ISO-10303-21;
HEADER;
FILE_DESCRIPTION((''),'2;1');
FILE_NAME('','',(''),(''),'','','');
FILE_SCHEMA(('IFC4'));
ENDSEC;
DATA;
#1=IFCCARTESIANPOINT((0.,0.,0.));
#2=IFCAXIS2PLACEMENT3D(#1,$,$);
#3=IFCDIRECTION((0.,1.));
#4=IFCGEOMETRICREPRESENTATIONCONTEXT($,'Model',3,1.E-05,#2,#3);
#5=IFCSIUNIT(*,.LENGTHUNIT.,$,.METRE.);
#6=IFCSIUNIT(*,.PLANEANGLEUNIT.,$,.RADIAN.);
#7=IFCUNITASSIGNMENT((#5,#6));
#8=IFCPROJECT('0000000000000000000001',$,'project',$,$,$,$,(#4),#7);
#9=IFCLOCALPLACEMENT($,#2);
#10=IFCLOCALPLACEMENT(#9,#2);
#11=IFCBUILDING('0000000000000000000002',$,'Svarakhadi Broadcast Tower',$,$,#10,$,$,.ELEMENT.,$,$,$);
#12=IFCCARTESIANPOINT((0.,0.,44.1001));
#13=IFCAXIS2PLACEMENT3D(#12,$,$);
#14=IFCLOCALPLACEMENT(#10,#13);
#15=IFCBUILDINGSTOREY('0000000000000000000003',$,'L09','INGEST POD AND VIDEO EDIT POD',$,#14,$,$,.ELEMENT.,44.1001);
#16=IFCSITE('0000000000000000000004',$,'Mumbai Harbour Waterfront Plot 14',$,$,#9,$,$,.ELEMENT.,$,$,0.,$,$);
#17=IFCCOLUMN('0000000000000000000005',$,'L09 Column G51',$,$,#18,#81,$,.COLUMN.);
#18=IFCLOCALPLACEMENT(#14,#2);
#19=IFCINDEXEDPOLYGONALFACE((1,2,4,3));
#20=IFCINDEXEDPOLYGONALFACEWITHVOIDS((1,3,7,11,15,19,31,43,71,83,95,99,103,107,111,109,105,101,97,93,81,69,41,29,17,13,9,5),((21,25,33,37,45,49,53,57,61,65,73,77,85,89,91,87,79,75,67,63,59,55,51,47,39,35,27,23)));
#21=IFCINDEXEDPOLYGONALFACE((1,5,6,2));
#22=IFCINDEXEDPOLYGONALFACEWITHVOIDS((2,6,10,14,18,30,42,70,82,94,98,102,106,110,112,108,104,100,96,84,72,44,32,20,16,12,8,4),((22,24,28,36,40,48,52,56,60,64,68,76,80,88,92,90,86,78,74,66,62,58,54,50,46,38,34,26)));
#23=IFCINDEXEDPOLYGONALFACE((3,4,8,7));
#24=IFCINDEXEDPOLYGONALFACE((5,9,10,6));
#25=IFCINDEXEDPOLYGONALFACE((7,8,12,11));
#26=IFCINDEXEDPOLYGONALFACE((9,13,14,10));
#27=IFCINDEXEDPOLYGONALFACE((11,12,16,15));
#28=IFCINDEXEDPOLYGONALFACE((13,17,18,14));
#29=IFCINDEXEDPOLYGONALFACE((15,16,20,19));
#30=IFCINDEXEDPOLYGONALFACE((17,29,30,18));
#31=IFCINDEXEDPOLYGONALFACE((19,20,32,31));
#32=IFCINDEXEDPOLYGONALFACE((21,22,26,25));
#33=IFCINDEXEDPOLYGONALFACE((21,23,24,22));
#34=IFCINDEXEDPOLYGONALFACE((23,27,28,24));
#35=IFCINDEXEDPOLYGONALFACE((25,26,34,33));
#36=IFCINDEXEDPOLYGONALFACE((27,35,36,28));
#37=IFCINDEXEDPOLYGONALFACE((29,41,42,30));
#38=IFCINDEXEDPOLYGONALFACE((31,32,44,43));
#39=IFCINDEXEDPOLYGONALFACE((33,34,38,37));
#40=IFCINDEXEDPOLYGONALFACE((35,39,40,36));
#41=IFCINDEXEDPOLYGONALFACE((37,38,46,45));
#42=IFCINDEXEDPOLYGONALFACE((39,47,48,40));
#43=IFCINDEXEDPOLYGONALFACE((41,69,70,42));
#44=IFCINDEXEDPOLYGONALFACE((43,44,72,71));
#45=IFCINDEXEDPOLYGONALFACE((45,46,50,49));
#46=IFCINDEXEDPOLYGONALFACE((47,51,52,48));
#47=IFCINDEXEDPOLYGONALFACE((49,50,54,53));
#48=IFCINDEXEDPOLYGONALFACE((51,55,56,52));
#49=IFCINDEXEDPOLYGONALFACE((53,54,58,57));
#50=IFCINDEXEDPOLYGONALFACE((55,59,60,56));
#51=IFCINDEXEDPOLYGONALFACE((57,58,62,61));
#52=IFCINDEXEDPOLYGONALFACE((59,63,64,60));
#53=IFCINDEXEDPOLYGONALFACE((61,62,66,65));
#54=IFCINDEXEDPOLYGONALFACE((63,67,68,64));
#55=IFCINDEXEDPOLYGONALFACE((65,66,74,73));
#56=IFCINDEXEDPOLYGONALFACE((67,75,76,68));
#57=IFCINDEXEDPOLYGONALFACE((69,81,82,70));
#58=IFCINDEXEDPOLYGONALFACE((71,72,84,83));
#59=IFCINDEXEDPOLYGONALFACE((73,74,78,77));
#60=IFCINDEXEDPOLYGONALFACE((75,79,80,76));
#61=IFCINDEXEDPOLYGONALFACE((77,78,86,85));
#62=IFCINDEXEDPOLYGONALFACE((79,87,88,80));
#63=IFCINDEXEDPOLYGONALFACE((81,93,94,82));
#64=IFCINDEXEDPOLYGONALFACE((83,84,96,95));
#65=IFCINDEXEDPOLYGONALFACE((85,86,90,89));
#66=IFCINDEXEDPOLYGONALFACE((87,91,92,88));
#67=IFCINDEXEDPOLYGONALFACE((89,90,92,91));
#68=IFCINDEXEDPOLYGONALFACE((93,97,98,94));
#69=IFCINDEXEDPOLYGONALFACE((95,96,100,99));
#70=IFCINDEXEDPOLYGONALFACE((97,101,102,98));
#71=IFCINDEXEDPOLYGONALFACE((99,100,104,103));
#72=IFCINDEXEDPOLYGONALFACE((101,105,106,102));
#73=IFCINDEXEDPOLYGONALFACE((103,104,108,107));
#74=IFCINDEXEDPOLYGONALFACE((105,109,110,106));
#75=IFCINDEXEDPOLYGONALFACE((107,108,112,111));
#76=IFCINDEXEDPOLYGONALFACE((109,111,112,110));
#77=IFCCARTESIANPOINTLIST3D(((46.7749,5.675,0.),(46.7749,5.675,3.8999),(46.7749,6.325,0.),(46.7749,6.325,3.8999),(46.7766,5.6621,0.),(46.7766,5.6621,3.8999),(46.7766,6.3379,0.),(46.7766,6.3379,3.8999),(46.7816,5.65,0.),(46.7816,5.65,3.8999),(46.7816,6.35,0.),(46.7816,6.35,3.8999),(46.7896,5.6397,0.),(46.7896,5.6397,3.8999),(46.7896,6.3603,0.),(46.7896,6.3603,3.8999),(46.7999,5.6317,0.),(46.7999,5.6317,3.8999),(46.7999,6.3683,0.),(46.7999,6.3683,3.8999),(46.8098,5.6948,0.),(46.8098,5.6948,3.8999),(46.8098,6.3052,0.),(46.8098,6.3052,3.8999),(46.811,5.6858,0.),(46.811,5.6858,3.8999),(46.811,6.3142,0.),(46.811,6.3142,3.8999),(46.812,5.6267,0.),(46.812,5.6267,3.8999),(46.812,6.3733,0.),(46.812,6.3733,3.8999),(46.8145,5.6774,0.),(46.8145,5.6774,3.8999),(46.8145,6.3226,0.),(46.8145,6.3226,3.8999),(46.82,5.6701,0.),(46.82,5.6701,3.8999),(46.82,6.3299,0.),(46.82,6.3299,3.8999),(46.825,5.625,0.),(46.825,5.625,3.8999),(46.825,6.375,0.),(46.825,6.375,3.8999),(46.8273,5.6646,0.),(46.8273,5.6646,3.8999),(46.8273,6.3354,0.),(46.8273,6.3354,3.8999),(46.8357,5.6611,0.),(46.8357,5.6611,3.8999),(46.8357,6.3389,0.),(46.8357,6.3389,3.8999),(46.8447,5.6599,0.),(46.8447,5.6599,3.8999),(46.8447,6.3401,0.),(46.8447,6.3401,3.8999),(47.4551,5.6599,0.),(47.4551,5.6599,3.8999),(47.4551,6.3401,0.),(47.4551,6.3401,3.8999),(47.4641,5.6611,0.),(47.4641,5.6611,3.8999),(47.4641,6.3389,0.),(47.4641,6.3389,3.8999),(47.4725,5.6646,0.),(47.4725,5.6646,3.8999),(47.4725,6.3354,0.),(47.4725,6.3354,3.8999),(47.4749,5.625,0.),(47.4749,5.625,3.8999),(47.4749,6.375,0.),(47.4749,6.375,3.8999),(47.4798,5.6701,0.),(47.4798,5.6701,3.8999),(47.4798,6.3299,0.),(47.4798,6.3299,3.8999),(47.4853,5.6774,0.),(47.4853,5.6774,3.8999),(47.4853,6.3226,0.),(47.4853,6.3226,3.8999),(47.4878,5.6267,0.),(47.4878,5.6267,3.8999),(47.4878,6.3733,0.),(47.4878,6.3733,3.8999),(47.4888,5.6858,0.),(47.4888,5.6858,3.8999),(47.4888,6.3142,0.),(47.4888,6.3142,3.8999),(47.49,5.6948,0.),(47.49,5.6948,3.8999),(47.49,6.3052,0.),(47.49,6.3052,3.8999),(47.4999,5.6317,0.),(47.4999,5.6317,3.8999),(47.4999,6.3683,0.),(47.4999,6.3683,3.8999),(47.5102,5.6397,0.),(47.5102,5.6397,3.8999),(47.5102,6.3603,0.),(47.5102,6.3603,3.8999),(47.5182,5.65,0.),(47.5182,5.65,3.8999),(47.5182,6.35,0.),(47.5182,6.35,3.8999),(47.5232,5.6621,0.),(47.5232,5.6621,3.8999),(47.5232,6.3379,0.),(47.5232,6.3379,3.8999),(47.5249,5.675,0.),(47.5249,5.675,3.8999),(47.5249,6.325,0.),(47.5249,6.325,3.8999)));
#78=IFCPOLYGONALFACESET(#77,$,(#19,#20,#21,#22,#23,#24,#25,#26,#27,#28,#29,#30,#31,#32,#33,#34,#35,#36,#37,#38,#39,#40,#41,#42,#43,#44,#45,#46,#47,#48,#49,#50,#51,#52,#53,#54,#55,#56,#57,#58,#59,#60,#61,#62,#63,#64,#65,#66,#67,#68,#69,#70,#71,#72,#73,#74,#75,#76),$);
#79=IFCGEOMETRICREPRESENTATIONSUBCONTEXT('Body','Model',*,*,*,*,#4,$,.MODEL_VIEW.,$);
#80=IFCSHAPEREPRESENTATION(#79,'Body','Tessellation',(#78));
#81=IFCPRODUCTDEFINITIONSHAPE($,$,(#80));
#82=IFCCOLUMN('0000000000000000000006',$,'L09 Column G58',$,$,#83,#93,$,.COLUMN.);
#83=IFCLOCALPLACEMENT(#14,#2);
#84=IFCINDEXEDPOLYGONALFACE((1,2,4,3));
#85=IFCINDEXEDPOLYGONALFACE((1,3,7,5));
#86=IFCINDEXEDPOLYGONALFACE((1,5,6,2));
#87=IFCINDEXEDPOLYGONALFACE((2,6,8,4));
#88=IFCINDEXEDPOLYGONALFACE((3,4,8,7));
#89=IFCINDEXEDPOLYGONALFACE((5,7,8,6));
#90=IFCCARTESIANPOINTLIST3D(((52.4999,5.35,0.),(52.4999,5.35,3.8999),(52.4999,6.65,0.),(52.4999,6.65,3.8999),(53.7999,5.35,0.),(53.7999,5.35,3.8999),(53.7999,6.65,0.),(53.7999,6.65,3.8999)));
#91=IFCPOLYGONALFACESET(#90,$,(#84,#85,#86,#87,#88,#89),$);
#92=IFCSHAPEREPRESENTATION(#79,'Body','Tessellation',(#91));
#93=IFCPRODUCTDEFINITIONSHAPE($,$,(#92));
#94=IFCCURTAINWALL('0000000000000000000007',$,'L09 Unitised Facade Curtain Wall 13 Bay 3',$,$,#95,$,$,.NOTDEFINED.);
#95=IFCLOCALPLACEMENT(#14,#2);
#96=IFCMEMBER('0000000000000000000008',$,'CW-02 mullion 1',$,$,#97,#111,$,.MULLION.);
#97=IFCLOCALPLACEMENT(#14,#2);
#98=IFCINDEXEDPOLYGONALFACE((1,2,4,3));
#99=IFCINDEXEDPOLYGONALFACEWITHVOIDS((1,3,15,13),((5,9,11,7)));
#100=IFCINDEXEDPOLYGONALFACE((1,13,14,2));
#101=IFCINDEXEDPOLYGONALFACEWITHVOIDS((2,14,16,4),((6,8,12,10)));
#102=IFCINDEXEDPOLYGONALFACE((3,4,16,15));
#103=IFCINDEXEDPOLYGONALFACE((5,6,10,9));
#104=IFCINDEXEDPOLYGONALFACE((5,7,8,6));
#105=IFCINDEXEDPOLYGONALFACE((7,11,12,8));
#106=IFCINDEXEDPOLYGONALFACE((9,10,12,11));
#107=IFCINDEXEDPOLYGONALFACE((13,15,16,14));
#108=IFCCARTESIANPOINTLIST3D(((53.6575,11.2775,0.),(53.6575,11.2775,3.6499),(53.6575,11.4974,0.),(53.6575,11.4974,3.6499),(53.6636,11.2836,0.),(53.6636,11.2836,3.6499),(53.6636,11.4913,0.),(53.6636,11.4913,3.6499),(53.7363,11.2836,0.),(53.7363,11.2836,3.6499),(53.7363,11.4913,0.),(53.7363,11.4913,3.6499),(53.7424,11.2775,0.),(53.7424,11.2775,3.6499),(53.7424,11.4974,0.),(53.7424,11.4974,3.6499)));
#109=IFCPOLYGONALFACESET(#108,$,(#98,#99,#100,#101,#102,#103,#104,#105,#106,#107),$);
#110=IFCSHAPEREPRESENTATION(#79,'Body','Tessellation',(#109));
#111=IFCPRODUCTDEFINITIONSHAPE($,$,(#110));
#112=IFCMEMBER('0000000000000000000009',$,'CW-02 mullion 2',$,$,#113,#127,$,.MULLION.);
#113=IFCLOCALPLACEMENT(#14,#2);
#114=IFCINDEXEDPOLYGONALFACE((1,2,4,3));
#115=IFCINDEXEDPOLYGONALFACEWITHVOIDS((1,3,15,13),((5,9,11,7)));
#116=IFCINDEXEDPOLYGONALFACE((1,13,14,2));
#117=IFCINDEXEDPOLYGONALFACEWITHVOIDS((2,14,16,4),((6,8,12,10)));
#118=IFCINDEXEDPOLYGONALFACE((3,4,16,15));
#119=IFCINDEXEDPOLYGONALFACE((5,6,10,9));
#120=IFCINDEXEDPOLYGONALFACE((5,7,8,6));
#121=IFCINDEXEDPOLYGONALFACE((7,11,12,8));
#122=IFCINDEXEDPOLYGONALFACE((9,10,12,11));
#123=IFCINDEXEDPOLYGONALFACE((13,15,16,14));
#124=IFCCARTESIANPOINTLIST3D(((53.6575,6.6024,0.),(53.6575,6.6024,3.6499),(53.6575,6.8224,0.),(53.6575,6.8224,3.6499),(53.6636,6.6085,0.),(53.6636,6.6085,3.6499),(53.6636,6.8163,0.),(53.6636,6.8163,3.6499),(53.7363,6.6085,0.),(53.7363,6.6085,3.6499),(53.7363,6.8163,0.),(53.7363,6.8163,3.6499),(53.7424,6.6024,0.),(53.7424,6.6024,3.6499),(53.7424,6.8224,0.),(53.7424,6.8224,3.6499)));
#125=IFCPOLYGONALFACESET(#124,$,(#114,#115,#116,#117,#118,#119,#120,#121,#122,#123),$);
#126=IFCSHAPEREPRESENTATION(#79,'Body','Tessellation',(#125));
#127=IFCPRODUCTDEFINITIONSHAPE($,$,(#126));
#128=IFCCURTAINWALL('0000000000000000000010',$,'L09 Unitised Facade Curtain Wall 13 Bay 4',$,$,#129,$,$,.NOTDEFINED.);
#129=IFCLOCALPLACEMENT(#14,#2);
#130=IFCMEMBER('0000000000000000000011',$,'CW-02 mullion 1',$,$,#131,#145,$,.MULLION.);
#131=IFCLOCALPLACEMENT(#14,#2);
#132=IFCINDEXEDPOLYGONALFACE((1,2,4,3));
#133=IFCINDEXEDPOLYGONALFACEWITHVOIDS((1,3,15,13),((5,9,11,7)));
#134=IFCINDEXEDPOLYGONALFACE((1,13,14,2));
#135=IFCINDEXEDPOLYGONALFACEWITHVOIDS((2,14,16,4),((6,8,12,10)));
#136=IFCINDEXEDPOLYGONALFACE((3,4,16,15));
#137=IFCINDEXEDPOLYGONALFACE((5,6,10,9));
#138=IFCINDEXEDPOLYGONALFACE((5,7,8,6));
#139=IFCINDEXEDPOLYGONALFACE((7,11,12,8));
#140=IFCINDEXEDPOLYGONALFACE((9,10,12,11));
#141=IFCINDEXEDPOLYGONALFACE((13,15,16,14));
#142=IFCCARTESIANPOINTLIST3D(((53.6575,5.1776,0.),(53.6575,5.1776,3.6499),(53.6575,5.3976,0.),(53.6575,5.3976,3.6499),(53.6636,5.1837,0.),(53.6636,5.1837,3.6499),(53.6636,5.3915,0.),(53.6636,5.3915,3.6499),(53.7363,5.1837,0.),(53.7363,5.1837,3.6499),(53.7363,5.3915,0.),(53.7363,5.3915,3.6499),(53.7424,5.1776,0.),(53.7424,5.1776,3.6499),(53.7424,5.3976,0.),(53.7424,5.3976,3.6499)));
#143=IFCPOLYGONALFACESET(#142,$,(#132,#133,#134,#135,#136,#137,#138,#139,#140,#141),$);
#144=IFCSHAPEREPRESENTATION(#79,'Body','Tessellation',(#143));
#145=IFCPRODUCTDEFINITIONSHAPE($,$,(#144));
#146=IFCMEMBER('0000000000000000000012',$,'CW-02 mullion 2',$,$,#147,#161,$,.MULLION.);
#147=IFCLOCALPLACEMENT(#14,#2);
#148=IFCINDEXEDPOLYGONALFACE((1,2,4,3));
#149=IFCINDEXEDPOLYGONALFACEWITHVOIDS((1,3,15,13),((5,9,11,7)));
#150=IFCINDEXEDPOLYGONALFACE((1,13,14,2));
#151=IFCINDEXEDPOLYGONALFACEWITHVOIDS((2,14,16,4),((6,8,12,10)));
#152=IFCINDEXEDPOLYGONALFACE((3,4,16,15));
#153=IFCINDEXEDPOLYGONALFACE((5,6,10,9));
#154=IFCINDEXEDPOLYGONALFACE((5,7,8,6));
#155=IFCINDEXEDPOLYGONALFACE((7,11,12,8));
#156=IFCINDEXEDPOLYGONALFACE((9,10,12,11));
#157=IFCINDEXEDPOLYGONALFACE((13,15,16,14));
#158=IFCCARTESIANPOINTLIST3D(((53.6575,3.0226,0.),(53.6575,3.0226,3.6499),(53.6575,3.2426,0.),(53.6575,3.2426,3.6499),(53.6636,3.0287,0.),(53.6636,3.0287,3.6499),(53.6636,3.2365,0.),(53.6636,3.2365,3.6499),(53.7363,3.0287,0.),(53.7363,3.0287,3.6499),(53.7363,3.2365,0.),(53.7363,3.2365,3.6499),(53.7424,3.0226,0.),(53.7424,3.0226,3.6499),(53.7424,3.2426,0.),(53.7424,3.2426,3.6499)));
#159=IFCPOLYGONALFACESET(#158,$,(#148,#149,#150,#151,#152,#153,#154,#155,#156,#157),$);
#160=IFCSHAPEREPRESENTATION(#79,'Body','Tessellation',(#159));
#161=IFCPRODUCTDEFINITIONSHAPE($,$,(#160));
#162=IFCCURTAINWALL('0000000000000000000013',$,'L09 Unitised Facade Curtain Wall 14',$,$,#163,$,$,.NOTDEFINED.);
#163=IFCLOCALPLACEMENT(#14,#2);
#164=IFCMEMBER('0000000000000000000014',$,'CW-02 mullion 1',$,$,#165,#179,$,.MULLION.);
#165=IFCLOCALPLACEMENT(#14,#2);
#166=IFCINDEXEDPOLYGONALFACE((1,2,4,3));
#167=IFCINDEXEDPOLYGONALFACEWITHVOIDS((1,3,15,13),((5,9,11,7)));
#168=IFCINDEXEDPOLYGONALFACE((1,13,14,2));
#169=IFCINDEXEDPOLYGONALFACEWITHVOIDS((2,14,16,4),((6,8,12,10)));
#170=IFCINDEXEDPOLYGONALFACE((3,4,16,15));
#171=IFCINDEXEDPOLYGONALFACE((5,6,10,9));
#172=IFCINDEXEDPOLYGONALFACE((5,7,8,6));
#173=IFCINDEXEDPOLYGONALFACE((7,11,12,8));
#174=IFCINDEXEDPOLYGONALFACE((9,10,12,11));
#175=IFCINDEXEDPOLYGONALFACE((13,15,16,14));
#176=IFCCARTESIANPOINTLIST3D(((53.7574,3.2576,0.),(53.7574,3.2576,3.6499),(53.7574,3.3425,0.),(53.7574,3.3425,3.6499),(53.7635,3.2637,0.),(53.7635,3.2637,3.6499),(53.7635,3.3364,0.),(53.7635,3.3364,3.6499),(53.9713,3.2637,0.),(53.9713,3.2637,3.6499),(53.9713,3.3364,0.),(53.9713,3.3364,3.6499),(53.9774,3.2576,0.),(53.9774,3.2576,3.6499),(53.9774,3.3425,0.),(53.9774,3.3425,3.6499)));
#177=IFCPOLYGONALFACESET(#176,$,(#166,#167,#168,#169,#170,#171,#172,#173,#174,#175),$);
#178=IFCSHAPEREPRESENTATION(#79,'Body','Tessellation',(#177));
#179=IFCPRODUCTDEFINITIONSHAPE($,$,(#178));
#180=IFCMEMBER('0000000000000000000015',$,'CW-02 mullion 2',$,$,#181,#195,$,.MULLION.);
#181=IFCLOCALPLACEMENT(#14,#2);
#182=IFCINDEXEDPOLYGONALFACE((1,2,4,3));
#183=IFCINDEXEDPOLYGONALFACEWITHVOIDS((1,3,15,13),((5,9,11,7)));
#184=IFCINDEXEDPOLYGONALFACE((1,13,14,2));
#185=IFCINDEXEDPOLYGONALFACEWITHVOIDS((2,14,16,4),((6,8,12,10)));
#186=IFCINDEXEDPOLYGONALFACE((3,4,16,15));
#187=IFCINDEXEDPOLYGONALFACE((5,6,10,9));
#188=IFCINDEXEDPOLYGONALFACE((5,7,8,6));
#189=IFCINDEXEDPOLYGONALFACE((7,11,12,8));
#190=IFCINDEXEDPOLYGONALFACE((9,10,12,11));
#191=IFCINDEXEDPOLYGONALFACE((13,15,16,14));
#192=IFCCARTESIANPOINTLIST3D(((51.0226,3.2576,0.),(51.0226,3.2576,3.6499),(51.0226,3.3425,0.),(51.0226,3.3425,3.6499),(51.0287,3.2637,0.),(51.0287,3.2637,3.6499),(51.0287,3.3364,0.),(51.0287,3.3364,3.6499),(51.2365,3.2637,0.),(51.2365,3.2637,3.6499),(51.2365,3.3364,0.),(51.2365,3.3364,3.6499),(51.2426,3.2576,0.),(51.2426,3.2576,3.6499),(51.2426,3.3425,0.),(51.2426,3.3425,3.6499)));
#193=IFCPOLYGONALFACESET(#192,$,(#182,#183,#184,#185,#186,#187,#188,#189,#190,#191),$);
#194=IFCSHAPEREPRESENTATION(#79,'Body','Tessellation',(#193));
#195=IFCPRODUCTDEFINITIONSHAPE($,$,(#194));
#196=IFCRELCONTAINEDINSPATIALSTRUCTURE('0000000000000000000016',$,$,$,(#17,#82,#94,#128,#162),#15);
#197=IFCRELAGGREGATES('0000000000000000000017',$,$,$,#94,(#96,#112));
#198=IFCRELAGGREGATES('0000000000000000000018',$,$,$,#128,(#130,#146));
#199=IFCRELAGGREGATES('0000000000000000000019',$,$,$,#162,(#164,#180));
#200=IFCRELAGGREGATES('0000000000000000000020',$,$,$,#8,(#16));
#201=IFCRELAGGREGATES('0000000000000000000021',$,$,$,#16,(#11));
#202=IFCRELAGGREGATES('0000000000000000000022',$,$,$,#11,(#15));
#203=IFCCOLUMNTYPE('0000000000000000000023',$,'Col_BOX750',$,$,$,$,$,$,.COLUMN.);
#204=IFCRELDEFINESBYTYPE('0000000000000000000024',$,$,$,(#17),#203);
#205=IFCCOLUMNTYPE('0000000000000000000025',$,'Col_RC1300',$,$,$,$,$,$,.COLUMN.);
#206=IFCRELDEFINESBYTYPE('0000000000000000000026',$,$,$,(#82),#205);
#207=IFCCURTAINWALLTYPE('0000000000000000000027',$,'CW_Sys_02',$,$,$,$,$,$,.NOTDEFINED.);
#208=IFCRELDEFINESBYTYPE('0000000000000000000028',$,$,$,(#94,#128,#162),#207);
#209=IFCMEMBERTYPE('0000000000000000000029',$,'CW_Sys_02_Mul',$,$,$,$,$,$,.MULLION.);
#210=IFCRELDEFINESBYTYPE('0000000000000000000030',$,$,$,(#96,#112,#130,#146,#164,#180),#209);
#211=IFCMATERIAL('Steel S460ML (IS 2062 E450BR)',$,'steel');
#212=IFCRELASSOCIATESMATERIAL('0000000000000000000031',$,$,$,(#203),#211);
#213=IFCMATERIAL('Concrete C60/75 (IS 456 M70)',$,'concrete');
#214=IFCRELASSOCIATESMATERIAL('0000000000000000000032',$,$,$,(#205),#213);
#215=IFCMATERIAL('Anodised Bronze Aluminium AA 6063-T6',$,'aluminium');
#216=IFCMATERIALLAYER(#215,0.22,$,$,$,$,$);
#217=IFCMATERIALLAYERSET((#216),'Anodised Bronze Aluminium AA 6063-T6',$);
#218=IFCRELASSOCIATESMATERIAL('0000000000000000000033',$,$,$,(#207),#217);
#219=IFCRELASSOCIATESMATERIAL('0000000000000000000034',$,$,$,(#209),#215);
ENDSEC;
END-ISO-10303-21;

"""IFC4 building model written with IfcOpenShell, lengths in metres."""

from ifc_helpers import new_model, si_unit, direction, frame, origin, origin_2d, place, context, subcontext, project, spatial, rectangle, hollow_rectangle, extrude, material, layer, layer_set, material_profile, profile_set, type_object, element, aggregate, save


model = new_model("IFC4")

# Units and contexts
model_context = context("Model", 3, precision=1e-05, world=origin(), true_north=direction((0.0, 1.0)))
body_context = subcontext(model_context, "Body", "Model", "MODEL_VIEW")
ifc_project = project(units=[si_unit("LENGTHUNIT", "METRE"), si_unit("PLANEANGLEUNIT", "RADIAN")], contexts=[model_context])

# Site, building, storey
site_placement = place(None, origin())
site = spatial("IfcSite", under=ifc_project, at=site_placement, Name="Mumbai Harbour Waterfront Plot 14", CompositionType="ELEMENT", RefElevation=0.0)
building_placement = place(site_placement, origin())
building = spatial("IfcBuilding", under=site, at=building_placement, Name="Svarakhadi Broadcast Tower", CompositionType="ELEMENT")
storey_placement = place(building_placement, frame((0.0, 0.0, 44.1001)))
storey = spatial("IfcBuildingStorey", under=building, at=storey_placement, Name="L09", Description="INGEST POD AND VIDEO EDIT POD", CompositionType="ELEMENT", Elevation=44.1001)

# Columns
ifc_material_1 = material(Name="Steel S460ML (IS 2062 E450BR)", Category="steel")
ifc_material_profile_1 = material_profile(ifc_material_1, hollow_rectangle(XDim=0.75, YDim=0.75, WallThickness=0.0349, InnerFilletRadius=0.0349, OuterFilletRadius=0.05, at=origin_2d()), Name="BOX 750x750x35")
ifc_profile_set_1 = profile_set([ifc_material_profile_1], Name="Steel S460ML (IS 2062 E450BR)")
column_type_1 = type_object("IfcColumnType", Name="Col_BOX750", PredefinedType="COLUMN", material=ifc_profile_set_1)
column_1_placement = place(storey_placement, frame((47.1499, 6.0, 0.0), z_axis=(0.0, 0.0, 1.0), x_axis=(1.0, 0.0, 0.0)))
element("IfcColumn", 1, at=column_1_placement, inside=storey, type_object=column_type_1, Name="L09 Column G51", PredefinedType="COLUMN", context=body_context, shape_type="SweptSolid", body=[
    extrude(hollow_rectangle(XDim=0.75, YDim=0.75, WallThickness=0.0349, InnerFilletRadius=0.0349, OuterFilletRadius=0.05, at=origin_2d()), origin(), (0.0, 0.0, 1.0), 3.8999),
])
ifc_material_2 = material(Name="Concrete C60/75 (IS 456 M70)", Category="concrete")
ifc_material_profile_2 = material_profile(ifc_material_2, rectangle(XDim=1.3, YDim=1.3, at=origin_2d()), Name="RC 1300x1300")
ifc_profile_set_2 = profile_set([ifc_material_profile_2], Name="Concrete C60/75 (IS 456 M70)")
column_type_2 = type_object("IfcColumnType", Name="Col_RC1300", PredefinedType="COLUMN", material=ifc_profile_set_2)
column_2_placement = place(storey_placement, frame((53.1499, 6.0, 0.0), z_axis=(0.0, 0.0, 1.0), x_axis=(1.0, 0.0, 0.0)))
element("IfcColumn", 2, at=column_2_placement, inside=storey, type_object=column_type_2, Name="L09 Column G58", PredefinedType="COLUMN", context=body_context, shape_type="SweptSolid", body=[
    extrude(rectangle(XDim=1.3, YDim=1.3, at=origin_2d()), origin(), (0.0, 0.0, 1.0), 3.8999),
])

# Curtain walls, members
ifc_material_3 = material(Name="Anodised Bronze Aluminium AA 6063-T6", Category="aluminium")
ifc_layer_1 = layer(ifc_material_3, 0.22)
ifc_layer_set_1 = layer_set([ifc_layer_1], Name="Anodised Bronze Aluminium AA 6063-T6")
curtain_wall_type = type_object("IfcCurtainWallType", Name="CW_Sys_02", PredefinedType="NOTDEFINED", material=ifc_layer_set_1)
curtain_wall_1_placement = place(storey_placement, origin())
curtain_wall_1 = element("IfcCurtainWall", 3, at=curtain_wall_1_placement, inside=storey, type_object=curtain_wall_type, Name="L09 Unitised Facade Curtain Wall 13 Bay 3", PredefinedType="NOTDEFINED")
ifc_material_profile_3 = material_profile(ifc_material_3, hollow_rectangle(XDim=0.085, YDim=0.22, WallThickness=0.0061, at=origin_2d()), Name="ALU MULLION 220x85x6")
ifc_profile_set_3 = profile_set([ifc_material_profile_3], Name="Anodised Bronze Aluminium AA 6063-T6")
member_type_1 = type_object("IfcMemberType", Name="CW_Sys_02_Mul", PredefinedType="MULLION", material=ifc_profile_set_3)
member_1_placement = place(storey_placement, frame((53.7, 11.3875, 0.0), z_axis=(0.0, 0.0, 1.0), x_axis=(1.0, 0.0, 0.0)))
member_1 = element("IfcMember", 4, at=member_1_placement, type_object=member_type_1, Name="CW-02 mullion 1", PredefinedType="MULLION", context=body_context, shape_type="SweptSolid", body=[
    extrude(hollow_rectangle(XDim=0.085, YDim=0.22, WallThickness=0.0061, at=origin_2d()), origin(), (0.0, 0.0, 1.0), 3.6499),
])
member_2_placement = place(storey_placement, frame((53.7, 6.7124, 0.0), z_axis=(0.0, 0.0, 1.0), x_axis=(1.0, 0.0, 0.0)))
member_2 = element("IfcMember", 5, at=member_2_placement, type_object=member_type_1, Name="CW-02 mullion 2", PredefinedType="MULLION", context=body_context, shape_type="SweptSolid", body=[
    extrude(hollow_rectangle(XDim=0.085, YDim=0.22, WallThickness=0.0061, at=origin_2d()), origin(), (0.0, 0.0, 1.0), 3.6499),
])
curtain_wall_2_placement = place(storey_placement, origin())
curtain_wall_2 = element("IfcCurtainWall", 6, at=curtain_wall_2_placement, inside=storey, type_object=curtain_wall_type, Name="L09 Unitised Facade Curtain Wall 13 Bay 4", PredefinedType="NOTDEFINED")
member_3_placement = place(storey_placement, frame((53.7, 5.2876, 0.0), z_axis=(0.0, 0.0, 1.0), x_axis=(1.0, 0.0, 0.0)))
member_3 = element("IfcMember", 7, at=member_3_placement, type_object=member_type_1, Name="CW-02 mullion 1", PredefinedType="MULLION", context=body_context, shape_type="SweptSolid", body=[
    extrude(hollow_rectangle(XDim=0.085, YDim=0.22, WallThickness=0.0061, at=origin_2d()), origin(), (0.0, 0.0, 1.0), 3.6499),
])
member_4_placement = place(storey_placement, frame((53.7, 3.1326, 0.0), z_axis=(0.0, 0.0, 1.0), x_axis=(1.0, 0.0, 0.0)))
member_4 = element("IfcMember", 8, at=member_4_placement, type_object=member_type_1, Name="CW-02 mullion 2", PredefinedType="MULLION", context=body_context, shape_type="SweptSolid", body=[
    extrude(hollow_rectangle(XDim=0.085, YDim=0.22, WallThickness=0.0061, at=origin_2d()), origin(), (0.0, 0.0, 1.0), 3.6499),
])
curtain_wall_3_placement = place(storey_placement, origin())
curtain_wall_3 = element("IfcCurtainWall", 9, at=curtain_wall_3_placement, inside=storey, type_object=curtain_wall_type, Name="L09 Unitised Facade Curtain Wall 14", PredefinedType="NOTDEFINED")
member_5_placement = place(storey_placement, frame((53.8674, 3.3, 0.0), z_axis=(0.0, 0.0, 1.0), x_axis=(0.0, -1.0, 0.0)))
member_5 = element("IfcMember", 10, at=member_5_placement, type_object=member_type_1, Name="CW-02 mullion 1", PredefinedType="MULLION", context=body_context, shape_type="SweptSolid", body=[
    extrude(hollow_rectangle(XDim=0.085, YDim=0.22, WallThickness=0.0061, at=origin_2d()), origin(), (0.0, 0.0, 1.0), 3.6499),
])
member_6_placement = place(storey_placement, frame((51.1326, 3.3, 0.0), z_axis=(0.0, 0.0, 1.0), x_axis=(0.0, -1.0, 0.0)))
member_6 = element("IfcMember", 11, at=member_6_placement, type_object=member_type_1, Name="CW-02 mullion 2", PredefinedType="MULLION", context=body_context, shape_type="SweptSolid", body=[
    extrude(hollow_rectangle(XDim=0.085, YDim=0.22, WallThickness=0.0061, at=origin_2d()), origin(), (0.0, 0.0, 1.0), 3.6499),
])

aggregate(curtain_wall_1, [member_1, member_2])
aggregate(curtain_wall_2, [member_3, member_4])
aggregate(curtain_wall_3, [member_5, member_6])

save(model, "model.ifc")
